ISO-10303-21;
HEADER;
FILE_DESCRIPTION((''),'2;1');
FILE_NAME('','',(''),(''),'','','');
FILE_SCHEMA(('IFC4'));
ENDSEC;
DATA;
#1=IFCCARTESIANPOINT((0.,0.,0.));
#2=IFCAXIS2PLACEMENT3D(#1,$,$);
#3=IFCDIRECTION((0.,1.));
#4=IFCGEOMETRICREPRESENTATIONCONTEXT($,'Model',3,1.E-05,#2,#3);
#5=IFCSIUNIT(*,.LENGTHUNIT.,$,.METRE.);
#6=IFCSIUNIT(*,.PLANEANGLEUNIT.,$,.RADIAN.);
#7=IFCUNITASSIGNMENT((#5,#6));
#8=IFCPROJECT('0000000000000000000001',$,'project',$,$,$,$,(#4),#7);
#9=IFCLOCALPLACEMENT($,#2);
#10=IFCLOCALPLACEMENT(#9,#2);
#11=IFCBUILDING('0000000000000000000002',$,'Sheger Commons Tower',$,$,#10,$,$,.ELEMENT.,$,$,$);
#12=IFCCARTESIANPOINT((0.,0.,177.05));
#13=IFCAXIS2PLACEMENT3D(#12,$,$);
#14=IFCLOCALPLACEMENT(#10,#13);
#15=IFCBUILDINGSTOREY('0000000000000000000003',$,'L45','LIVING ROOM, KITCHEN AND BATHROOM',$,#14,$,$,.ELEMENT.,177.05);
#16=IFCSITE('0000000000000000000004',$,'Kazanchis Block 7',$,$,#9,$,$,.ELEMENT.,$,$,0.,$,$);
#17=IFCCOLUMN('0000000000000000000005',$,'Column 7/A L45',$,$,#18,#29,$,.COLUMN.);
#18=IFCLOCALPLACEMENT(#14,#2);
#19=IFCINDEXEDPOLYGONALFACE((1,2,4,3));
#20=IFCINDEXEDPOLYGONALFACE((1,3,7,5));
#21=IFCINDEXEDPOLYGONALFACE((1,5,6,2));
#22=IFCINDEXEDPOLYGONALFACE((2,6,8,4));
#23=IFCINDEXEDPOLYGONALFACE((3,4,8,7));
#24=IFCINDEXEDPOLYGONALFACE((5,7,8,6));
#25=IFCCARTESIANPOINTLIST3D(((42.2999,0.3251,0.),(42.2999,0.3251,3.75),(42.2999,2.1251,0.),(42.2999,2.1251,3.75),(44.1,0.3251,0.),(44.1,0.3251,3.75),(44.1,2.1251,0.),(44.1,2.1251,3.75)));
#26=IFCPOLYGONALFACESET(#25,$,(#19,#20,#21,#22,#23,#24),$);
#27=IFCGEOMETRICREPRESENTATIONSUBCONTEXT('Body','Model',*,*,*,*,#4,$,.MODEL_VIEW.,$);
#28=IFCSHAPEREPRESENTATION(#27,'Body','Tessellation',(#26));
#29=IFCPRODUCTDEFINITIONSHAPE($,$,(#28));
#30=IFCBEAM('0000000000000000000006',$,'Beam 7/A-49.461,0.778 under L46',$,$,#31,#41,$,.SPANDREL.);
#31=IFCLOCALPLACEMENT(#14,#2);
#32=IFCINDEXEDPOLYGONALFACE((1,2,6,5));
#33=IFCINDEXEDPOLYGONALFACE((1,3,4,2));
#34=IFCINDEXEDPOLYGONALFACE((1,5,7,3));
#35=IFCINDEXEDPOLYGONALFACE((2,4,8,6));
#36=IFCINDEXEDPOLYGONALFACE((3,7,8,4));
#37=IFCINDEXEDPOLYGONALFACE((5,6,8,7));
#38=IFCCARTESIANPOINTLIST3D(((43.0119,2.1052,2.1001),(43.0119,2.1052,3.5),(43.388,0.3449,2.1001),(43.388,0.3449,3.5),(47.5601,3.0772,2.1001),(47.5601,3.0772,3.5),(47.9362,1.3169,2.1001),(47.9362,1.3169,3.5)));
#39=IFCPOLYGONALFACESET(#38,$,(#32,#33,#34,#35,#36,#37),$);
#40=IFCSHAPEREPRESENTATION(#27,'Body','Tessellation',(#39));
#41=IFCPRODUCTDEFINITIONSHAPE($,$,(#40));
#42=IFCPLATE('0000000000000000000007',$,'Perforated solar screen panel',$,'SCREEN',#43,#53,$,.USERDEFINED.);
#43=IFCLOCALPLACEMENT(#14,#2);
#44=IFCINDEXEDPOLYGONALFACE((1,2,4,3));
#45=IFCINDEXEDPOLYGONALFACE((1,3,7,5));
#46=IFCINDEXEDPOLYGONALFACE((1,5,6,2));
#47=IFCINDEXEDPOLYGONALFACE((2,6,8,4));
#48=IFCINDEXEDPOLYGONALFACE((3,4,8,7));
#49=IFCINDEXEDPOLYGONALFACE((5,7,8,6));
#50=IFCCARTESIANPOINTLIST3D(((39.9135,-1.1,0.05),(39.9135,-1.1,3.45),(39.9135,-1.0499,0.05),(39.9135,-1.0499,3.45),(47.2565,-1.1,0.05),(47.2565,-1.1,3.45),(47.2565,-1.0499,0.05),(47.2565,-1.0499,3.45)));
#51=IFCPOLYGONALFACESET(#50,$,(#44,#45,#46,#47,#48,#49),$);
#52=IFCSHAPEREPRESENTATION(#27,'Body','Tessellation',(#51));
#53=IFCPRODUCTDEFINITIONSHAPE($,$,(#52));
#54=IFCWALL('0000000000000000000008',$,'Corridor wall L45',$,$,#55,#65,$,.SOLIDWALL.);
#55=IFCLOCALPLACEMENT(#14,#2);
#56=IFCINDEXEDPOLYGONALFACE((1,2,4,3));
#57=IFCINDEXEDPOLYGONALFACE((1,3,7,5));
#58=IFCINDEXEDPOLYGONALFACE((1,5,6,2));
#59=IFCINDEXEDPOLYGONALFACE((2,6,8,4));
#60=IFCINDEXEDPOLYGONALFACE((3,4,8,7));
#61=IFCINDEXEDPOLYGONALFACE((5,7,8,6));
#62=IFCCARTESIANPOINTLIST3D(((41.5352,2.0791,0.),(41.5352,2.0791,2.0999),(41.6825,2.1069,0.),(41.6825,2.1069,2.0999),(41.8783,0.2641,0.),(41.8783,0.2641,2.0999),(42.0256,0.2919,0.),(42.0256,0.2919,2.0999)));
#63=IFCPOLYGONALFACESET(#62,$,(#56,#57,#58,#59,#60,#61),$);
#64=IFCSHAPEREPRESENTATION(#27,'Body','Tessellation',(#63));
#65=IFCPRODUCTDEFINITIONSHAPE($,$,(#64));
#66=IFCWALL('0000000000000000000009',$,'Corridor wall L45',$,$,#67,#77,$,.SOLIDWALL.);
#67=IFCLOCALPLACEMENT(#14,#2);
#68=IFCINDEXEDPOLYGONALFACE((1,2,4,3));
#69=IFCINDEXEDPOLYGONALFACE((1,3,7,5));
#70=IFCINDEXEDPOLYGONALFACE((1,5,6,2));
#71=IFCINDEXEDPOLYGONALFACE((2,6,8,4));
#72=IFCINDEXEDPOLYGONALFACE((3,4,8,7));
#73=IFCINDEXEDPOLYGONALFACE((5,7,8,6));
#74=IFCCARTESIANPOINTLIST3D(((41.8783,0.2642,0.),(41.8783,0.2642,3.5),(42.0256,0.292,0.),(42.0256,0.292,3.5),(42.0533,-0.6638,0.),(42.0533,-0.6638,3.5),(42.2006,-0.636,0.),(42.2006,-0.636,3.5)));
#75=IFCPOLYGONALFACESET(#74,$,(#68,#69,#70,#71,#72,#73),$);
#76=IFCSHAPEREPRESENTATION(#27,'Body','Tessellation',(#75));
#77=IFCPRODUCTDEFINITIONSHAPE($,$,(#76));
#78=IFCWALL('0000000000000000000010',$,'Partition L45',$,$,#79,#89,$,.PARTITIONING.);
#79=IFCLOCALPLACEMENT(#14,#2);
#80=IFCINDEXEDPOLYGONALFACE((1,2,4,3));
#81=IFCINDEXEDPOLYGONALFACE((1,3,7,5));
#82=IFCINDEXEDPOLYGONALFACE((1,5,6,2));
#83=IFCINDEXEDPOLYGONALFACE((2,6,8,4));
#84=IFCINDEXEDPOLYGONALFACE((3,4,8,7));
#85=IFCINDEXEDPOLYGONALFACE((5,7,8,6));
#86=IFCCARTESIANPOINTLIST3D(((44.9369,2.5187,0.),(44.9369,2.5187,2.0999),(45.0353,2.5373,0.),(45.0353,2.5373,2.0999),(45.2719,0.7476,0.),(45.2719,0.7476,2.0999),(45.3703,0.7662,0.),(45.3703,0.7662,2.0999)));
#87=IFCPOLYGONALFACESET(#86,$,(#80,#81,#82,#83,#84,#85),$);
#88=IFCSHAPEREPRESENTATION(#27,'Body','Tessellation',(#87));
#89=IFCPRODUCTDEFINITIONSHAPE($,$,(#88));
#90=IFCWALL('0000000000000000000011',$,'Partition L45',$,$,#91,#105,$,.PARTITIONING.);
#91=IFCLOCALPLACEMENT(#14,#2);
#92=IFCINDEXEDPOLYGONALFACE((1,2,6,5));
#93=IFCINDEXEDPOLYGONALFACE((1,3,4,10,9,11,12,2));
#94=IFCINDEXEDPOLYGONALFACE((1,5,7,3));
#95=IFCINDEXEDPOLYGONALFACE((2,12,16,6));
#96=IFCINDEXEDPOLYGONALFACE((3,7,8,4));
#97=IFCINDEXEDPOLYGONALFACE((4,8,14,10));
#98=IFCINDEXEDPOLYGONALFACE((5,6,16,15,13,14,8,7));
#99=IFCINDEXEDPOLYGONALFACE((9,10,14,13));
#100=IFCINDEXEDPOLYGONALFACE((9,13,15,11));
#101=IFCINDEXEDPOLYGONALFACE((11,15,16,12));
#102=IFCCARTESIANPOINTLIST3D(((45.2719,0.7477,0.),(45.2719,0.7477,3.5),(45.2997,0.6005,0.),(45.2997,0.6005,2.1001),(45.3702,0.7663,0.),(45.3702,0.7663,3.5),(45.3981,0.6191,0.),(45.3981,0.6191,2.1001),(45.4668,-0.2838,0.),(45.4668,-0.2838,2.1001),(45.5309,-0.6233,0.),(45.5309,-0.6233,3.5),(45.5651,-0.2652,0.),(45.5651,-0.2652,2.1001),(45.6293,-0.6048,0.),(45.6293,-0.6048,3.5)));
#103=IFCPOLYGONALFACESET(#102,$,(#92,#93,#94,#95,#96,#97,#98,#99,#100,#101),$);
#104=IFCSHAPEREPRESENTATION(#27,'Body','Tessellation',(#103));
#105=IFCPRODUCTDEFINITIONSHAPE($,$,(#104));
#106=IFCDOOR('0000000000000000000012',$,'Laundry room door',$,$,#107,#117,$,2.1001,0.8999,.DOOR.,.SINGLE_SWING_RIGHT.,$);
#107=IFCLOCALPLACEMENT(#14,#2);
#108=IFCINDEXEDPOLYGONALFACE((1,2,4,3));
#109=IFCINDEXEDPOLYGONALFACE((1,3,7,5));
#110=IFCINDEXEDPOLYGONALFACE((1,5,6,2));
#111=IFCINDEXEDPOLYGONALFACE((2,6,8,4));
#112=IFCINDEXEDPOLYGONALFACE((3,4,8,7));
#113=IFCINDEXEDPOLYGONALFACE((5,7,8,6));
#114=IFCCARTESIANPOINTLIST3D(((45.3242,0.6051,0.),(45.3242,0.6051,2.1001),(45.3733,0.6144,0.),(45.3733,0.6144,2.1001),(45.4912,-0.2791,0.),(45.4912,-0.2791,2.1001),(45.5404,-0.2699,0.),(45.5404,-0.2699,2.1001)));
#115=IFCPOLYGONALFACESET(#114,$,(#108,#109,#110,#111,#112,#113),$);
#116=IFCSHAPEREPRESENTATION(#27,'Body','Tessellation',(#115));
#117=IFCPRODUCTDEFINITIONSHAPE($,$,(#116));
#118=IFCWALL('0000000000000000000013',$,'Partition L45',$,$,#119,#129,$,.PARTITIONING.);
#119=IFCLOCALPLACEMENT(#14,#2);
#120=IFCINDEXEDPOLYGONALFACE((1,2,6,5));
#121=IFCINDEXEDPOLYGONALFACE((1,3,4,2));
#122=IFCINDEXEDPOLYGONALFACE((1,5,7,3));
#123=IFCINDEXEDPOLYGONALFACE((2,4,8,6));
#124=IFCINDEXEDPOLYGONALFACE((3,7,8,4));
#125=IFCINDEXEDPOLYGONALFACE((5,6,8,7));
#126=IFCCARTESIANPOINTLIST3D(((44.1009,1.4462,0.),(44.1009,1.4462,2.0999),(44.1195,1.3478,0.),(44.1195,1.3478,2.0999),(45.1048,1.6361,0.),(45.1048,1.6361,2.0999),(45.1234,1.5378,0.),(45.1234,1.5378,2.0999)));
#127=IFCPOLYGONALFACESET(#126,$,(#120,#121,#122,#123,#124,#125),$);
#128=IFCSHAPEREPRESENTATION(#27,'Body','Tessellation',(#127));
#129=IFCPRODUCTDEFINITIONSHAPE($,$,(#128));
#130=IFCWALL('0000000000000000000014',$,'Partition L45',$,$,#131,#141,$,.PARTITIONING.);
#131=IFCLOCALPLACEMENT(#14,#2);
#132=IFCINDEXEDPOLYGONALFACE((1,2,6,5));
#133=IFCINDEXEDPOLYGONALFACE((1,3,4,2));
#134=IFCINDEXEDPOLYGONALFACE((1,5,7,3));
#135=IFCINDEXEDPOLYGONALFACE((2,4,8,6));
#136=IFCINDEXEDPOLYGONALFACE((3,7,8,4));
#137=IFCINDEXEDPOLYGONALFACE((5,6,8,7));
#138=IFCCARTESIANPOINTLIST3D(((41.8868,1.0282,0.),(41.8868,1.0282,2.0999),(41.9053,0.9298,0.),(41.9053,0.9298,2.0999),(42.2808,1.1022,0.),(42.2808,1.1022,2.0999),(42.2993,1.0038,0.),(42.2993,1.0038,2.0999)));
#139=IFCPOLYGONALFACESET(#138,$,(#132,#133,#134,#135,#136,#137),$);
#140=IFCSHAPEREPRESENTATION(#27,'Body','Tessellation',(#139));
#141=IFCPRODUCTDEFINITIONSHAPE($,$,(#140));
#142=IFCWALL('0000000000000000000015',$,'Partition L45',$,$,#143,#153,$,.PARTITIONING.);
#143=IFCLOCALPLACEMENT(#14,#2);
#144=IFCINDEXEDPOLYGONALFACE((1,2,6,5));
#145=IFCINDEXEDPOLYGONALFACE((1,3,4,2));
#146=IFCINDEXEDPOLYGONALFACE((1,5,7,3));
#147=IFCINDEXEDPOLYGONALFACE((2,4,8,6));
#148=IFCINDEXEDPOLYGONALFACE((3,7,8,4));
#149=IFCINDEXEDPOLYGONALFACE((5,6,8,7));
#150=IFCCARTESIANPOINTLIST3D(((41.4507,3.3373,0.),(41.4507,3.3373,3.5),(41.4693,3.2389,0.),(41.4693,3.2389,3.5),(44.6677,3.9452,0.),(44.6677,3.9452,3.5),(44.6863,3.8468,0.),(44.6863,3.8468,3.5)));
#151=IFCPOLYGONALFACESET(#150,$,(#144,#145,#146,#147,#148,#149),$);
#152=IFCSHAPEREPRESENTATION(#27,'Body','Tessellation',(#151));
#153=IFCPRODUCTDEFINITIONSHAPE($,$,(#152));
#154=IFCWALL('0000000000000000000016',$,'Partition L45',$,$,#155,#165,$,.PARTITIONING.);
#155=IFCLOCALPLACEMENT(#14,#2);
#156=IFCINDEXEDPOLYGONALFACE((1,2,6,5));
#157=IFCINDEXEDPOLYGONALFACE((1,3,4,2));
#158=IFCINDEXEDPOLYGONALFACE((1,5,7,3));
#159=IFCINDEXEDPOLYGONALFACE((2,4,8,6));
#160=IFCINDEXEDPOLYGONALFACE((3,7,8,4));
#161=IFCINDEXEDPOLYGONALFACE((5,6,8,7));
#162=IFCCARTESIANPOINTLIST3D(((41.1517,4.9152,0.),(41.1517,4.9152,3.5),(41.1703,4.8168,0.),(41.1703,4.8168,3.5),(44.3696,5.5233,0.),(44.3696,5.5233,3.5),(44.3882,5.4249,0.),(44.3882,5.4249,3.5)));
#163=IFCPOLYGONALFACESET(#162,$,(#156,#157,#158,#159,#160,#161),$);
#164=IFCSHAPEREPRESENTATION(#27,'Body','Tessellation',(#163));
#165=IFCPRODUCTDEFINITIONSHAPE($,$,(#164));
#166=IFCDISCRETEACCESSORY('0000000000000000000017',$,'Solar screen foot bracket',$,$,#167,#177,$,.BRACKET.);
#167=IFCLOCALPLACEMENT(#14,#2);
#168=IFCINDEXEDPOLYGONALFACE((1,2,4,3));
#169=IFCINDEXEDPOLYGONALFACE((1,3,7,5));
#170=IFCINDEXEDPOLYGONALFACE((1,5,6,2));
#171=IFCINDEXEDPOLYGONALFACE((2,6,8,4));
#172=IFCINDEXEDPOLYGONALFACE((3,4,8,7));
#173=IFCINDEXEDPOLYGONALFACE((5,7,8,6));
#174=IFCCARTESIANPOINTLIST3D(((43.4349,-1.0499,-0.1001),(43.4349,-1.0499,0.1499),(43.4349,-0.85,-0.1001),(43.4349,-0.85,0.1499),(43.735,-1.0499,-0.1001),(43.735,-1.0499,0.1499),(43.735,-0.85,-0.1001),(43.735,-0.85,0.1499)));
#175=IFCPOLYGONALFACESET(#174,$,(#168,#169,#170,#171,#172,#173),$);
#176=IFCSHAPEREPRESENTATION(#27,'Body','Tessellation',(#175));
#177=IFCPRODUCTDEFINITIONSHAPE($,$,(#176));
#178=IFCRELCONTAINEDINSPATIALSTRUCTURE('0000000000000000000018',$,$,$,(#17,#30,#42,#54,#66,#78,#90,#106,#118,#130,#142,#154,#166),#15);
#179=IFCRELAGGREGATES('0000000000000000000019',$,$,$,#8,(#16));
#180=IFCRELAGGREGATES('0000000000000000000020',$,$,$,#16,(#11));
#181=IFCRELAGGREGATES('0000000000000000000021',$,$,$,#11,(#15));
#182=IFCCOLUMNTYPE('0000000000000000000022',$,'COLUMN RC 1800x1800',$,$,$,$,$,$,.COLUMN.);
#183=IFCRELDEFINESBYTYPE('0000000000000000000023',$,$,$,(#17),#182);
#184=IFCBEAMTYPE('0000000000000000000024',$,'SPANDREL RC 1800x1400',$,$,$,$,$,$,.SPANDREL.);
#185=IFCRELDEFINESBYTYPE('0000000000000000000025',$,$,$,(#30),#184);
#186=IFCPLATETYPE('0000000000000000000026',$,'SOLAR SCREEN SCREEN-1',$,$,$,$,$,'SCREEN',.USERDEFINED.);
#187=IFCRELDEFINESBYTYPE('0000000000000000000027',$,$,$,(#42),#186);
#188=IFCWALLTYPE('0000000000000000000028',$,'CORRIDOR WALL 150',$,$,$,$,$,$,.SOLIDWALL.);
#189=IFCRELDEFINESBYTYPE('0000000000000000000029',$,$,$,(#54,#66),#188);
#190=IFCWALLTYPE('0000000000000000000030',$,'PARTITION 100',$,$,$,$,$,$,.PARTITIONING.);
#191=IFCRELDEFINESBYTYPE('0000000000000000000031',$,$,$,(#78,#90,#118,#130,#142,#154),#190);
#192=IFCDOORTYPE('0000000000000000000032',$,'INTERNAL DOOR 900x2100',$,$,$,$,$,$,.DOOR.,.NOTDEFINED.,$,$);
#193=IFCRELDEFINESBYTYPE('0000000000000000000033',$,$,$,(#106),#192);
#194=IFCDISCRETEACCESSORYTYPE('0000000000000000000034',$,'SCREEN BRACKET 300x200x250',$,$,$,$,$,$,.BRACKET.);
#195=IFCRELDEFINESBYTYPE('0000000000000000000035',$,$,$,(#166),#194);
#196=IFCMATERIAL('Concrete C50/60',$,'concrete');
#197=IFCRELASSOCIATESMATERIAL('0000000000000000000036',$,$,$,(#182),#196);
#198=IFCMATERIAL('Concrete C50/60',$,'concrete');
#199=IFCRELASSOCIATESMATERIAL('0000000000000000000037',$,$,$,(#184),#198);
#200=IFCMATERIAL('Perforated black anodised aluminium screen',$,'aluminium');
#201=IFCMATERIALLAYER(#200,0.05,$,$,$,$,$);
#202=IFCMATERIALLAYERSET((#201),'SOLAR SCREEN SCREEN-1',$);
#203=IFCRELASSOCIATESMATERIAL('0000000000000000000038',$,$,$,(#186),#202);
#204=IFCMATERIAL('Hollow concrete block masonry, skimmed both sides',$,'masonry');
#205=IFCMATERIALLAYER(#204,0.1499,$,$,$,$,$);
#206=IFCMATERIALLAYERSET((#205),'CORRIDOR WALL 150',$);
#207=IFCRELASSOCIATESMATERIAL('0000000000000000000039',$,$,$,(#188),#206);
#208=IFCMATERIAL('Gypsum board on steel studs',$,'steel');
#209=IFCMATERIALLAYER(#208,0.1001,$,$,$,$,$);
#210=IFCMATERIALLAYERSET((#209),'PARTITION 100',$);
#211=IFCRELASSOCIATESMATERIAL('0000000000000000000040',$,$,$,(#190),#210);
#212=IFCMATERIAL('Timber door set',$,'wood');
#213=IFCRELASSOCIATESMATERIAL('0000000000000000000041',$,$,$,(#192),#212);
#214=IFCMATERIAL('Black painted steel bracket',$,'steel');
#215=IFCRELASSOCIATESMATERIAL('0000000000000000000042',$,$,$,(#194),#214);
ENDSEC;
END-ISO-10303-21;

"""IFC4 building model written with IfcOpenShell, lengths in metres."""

from ifc_helpers import new_model, si_unit, direction, frame, frame_2d, origin, origin_2d, place, context, subcontext, project, spatial, rectangle, extrude, material, layer, layer_set, material_profile, profile_set, type_object, element, fill, save


model = new_model("IFC4")

# Units and contexts
model_context = context("Model", 3, precision=1e-05, world=origin(), true_north=direction((0.0, 1.0)))
body_context = subcontext(model_context, "Body", "Model", "MODEL_VIEW")
ifc_project = project(units=[si_unit("LENGTHUNIT", "METRE"), si_unit("PLANEANGLEUNIT", "RADIAN")], contexts=[model_context])

# Site, building, storey
site_placement = place(None, origin())
site = spatial("IfcSite", under=ifc_project, at=site_placement, Name="Kazanchis Block 7", CompositionType="ELEMENT", RefElevation=0.0)
building_placement = place(site_placement, origin())
building = spatial("IfcBuilding", under=site, at=building_placement, Name="Sheger Commons Tower", CompositionType="ELEMENT")
storey_placement = place(building_placement, frame((0.0, 0.0, 177.05)))
storey = spatial("IfcBuildingStorey", under=building, at=storey_placement, Name="L45", Description="LIVING ROOM, KITCHEN AND BATHROOM", CompositionType="ELEMENT", Elevation=177.05)

# Column
ifc_material_1 = material(Name="Concrete C50/60", Category="concrete")
ifc_material_profile_1 = material_profile(ifc_material_1, rectangle(XDim=1.8, YDim=1.8, at=origin_2d()), Name="RC 1800x1800")
ifc_profile_set_1 = profile_set([ifc_material_profile_1], Name="Concrete C50/60")
column_type = type_object("IfcColumnType", Name="COLUMN RC 1800x1800", PredefinedType="COLUMN", material=ifc_profile_set_1)
column_placement = place(storey_placement, frame((43.2, 1.2251, 0.0), z_axis=(0.0, 0.0, 1.0), x_axis=(1.0, 0.0, 0.0)))
element("IfcColumn", 1, at=column_placement, inside=storey, type_object=column_type, Name="Column 7/A L45", PredefinedType="COLUMN", context=body_context, shape_type="SweptSolid", body=[
    extrude(rectangle(XDim=1.8, YDim=1.8, at=origin_2d()), origin(), (0.0, 0.0, 1.0), 3.75),
])

# Beam
ifc_material_2 = material(Name="Concrete C50/60", Category="concrete")
ifc_material_profile_2 = material_profile(ifc_material_2, rectangle(XDim=1.8, YDim=1.3999, at=origin_2d()), Name="RC 1800x1400")
ifc_profile_set_2 = profile_set([ifc_material_profile_2], Name="Concrete C50/60")
beam_type = type_object("IfcBeamType", Name="SPANDREL RC 1800x1400", PredefinedType="SPANDREL", material=ifc_profile_set_2)
beam_placement = place(storey_placement, frame((43.2, 1.2251, 2.8), z_axis=(0.97792, 0.208981, 0.0), x_axis=(-0.208981, 0.97792, 0.0)))
element("IfcBeam", 2, at=beam_placement, inside=storey, type_object=beam_type, Name="Beam 7/A-49.461,0.778 under L46", PredefinedType="SPANDREL", context=body_context, shape_type="SweptSolid", body=[
    extrude(rectangle(XDim=1.8, YDim=1.3999, at=origin_2d()), origin(), (0.0, 0.0, 1.0), 4.6509),
])

# Plate
ifc_material_3 = material(Name="Perforated black anodised aluminium screen", Category="aluminium")
ifc_layer_1 = layer(ifc_material_3, 0.05)
ifc_layer_set_1 = layer_set([ifc_layer_1], Name="SOLAR SCREEN SCREEN-1")
plate_type = type_object("IfcPlateType", Name="SOLAR SCREEN SCREEN-1", ElementType="SCREEN", PredefinedType="USERDEFINED", material=ifc_layer_set_1)
plate_placement = place(storey_placement, frame((43.585, -1.075, 0.05), z_axis=(0.0, 0.0, 1.0), x_axis=(1.0, 0.0, 0.0)))
element("IfcPlate", 3, at=plate_placement, inside=storey, type_object=plate_type, Name="Perforated solar screen panel", ObjectType="SCREEN", PredefinedType="USERDEFINED", context=body_context, shape_type="SweptSolid", body=[
    extrude(rectangle(XDim=7.343, YDim=0.05, at=origin_2d()), origin(), (0.0, 0.0, 1.0), 3.3999),
])

# Walls
ifc_material_4 = material(Name="Hollow concrete block masonry, skimmed both sides", Category="masonry")
ifc_layer_2 = layer(ifc_material_4, 0.1499)
ifc_layer_set_2 = layer_set([ifc_layer_2], Name="CORRIDOR WALL 150")
wall_type_1 = type_object("IfcWallType", Name="CORRIDOR WALL 150", PredefinedType="SOLIDWALL", material=ifc_layer_set_2)
wall_1_placement = place(storey_placement, frame((41.6089, 2.093, 0.0), z_axis=(0.0, 0.0, 1.0), x_axis=(0.185709, -0.982605, 0.0)))
element("IfcWall", 4, at=wall_1_placement, inside=storey, type_object=wall_type_1, Name="Corridor wall L45", PredefinedType="SOLIDWALL", context=body_context, shape_type="SweptSolid", body=[
    extrude(rectangle(XDim=1.8472, YDim=0.1499, at=frame_2d((0.9236, 0.0))), origin(), (0.0, 0.0, 1.0), 2.0999),
])
wall_2_placement = place(storey_placement, frame((41.9519, 0.2781, 0.0), z_axis=(0.0, 0.0, 1.0), x_axis=(0.185365, -0.98267, 0.0)))
element("IfcWall", 5, at=wall_2_placement, inside=storey, type_object=wall_type_1, Name="Corridor wall L45", PredefinedType="SOLIDWALL", context=body_context, shape_type="SweptSolid", body=[
    extrude(rectangle(XDim=0.9443, YDim=0.1499, at=frame_2d((0.4722, 0.0))), origin(), (0.0, 0.0, 1.0), 3.5),
])
ifc_material_5 = material(Name="Gypsum board on steel studs", Category="steel")
ifc_layer_3 = layer(ifc_material_5, 0.1001)
ifc_layer_set_3 = layer_set([ifc_layer_3], Name="PARTITION 100")
wall_type_2 = type_object("IfcWallType", Name="PARTITION 100", PredefinedType="PARTITIONING", material=ifc_layer_set_3)
wall_3_placement = place(storey_placement, frame((44.9861, 2.5281, 0.0), z_axis=(0.0, 0.0, 1.0), x_axis=(0.185842, -0.98258, 0.0)))
element("IfcWall", 6, at=wall_3_placement, inside=storey, type_object=wall_type_2, Name="Partition L45", PredefinedType="PARTITIONING", context=body_context, shape_type="SweptSolid", body=[
    extrude(rectangle(XDim=1.8025, YDim=0.1001, at=frame_2d((0.9014, 0.0))), origin(), (0.0, 0.0, 1.0), 2.0999),
])

# Wall, opening, door
wall_4_placement = place(storey_placement, frame((45.321, 0.7571, 0.0), z_axis=(0.0, 0.0, 1.0), x_axis=(0.185641, -0.982618, 0.0)))
wall_4 = element("IfcWall", 7, at=wall_4_placement, inside=storey, type_object=wall_type_2, Name="Partition L45", PredefinedType="PARTITIONING", context=body_context, shape_type="SweptSolid", body=[
    extrude(rectangle(XDim=1.3953, YDim=0.1001, at=frame_2d((0.6978, 0.0))), origin(), (0.0, 0.0, 1.0), 3.5),
])
opening_placement = place(wall_4_placement, frame((0.1499, 0.0, 0.0)))
opening = element("IfcOpeningElement", 8, at=opening_placement, cuts=wall_4, PredefinedType="OPENING", context=body_context, shape_type="SweptSolid", body=[
    extrude(rectangle(XDim=0.8999, YDim=2.1001, at=frame_2d((0.45, 1.05))), frame((0.0, 0.0601, 0.0), z_axis=(0.0, -1.0, 0.0), x_axis=(1.0, 0.0, 0.0)), (0.0, 0.0, 1.0), 0.1201),
])
ifc_material_6 = material(Name="Timber door set", Category="wood")
door_type = type_object("IfcDoorType", Name="INTERNAL DOOR 900x2100", OperationType="NOTDEFINED", PredefinedType="DOOR", material=ifc_material_6)
door_placement = place(opening_placement, origin())
door = element("IfcDoor", 9, at=door_placement, inside=storey, type_object=door_type, Name="Laundry room door", OperationType="SINGLE_SWING_RIGHT", OverallHeight=2.1001, OverallWidth=0.8999, PredefinedType="DOOR", context=body_context, shape_type="SweptSolid", body=[
    extrude(rectangle(XDim=0.8999, YDim=2.1001, at=frame_2d((0.45, 1.05))), frame((0.0, 0.0249, 0.0), z_axis=(0.0, -1.0, 0.0), x_axis=(1.0, 0.0, 0.0)), (0.0, 0.0, 1.0), 0.05),
])
fill(opening, door)

# Walls
wall_5_placement = place(storey_placement, frame((45.114, 1.5869, 0.0), z_axis=(0.0, 0.0, 1.0), x_axis=(-0.982568, -0.185904, 0.0)))
element("IfcWall", 10, at=wall_5_placement, inside=storey, type_object=wall_type_2, Name="Partition L45", PredefinedType="PARTITIONING", context=body_context, shape_type="SweptSolid", body=[
    extrude(rectangle(XDim=1.0217, YDim=0.1001, at=frame_2d((0.5107, 0.0))), origin(), (0.0, 0.0, 1.0), 2.0999),
])
wall_6_placement = place(storey_placement, frame((42.29, 1.053, 0.0), z_axis=(0.0, 0.0, 1.0), x_axis=(-0.982831, -0.184509, 0.0)))
element("IfcWall", 11, at=wall_6_placement, inside=storey, type_object=wall_type_2, Name="Partition L45", PredefinedType="PARTITIONING", context=body_context, shape_type="SweptSolid", body=[
    extrude(rectangle(XDim=0.4009, YDim=0.1001, at=frame_2d((0.2004, 0.0))), origin(), (0.0, 0.0, 1.0), 2.0999),
])
wall_7_placement = place(storey_placement, frame((44.677, 3.896, 0.0), z_axis=(0.0, 0.0, 1.0), x_axis=(-0.98261, -0.18568, 0.0)))
element("IfcWall", 12, at=wall_7_placement, inside=storey, type_object=wall_type_2, Name="Partition L45", PredefinedType="PARTITIONING", context=body_context, shape_type="SweptSolid", body=[
    extrude(rectangle(XDim=3.2739, YDim=0.1001, at=frame_2d((1.637, 0.0))), origin(), (0.0, 0.0, 1.0), 3.5),
])
wall_8_placement = place(storey_placement, frame((44.3789, 5.4741, 0.0), z_axis=(0.0, 0.0, 1.0), x_axis=(-0.982607, -0.185697, 0.0)))
element("IfcWall", 13, at=wall_8_placement, inside=storey, type_object=wall_type_2, Name="Partition L45", PredefinedType="PARTITIONING", context=body_context, shape_type="SweptSolid", body=[
    extrude(rectangle(XDim=3.2749, YDim=0.1001, at=frame_2d((1.6375, 0.0))), origin(), (0.0, 0.0, 1.0), 3.5),
])

# Discrete accessory
ifc_material_7 = material(Name="Black painted steel bracket", Category="steel")
discrete_accessory_type = type_object("IfcDiscreteAccessoryType", Name="SCREEN BRACKET 300x200x250", PredefinedType="BRACKET", material=ifc_material_7)
for number, where, z_axis, x_axis, name in (
    (14, (43.585, -0.95, -0.1001), (0.0, 0.0, 1.0), (1.0, 0.0, 0.0), "Solar screen foot bracket"),
):
    element("IfcDiscreteAccessory", number, at=place(storey_placement, frame(where, z_axis=z_axis, x_axis=x_axis)), inside=storey, type_object=discrete_accessory_type, Name=name, PredefinedType="BRACKET", context=body_context, shape_type="SweptSolid", body=[
        extrude(rectangle(XDim=0.3, YDim=0.2, at=origin_2d()), origin(), (0.0, 0.0, 1.0), 0.25),
    ])

save(model, "model.ifc")
